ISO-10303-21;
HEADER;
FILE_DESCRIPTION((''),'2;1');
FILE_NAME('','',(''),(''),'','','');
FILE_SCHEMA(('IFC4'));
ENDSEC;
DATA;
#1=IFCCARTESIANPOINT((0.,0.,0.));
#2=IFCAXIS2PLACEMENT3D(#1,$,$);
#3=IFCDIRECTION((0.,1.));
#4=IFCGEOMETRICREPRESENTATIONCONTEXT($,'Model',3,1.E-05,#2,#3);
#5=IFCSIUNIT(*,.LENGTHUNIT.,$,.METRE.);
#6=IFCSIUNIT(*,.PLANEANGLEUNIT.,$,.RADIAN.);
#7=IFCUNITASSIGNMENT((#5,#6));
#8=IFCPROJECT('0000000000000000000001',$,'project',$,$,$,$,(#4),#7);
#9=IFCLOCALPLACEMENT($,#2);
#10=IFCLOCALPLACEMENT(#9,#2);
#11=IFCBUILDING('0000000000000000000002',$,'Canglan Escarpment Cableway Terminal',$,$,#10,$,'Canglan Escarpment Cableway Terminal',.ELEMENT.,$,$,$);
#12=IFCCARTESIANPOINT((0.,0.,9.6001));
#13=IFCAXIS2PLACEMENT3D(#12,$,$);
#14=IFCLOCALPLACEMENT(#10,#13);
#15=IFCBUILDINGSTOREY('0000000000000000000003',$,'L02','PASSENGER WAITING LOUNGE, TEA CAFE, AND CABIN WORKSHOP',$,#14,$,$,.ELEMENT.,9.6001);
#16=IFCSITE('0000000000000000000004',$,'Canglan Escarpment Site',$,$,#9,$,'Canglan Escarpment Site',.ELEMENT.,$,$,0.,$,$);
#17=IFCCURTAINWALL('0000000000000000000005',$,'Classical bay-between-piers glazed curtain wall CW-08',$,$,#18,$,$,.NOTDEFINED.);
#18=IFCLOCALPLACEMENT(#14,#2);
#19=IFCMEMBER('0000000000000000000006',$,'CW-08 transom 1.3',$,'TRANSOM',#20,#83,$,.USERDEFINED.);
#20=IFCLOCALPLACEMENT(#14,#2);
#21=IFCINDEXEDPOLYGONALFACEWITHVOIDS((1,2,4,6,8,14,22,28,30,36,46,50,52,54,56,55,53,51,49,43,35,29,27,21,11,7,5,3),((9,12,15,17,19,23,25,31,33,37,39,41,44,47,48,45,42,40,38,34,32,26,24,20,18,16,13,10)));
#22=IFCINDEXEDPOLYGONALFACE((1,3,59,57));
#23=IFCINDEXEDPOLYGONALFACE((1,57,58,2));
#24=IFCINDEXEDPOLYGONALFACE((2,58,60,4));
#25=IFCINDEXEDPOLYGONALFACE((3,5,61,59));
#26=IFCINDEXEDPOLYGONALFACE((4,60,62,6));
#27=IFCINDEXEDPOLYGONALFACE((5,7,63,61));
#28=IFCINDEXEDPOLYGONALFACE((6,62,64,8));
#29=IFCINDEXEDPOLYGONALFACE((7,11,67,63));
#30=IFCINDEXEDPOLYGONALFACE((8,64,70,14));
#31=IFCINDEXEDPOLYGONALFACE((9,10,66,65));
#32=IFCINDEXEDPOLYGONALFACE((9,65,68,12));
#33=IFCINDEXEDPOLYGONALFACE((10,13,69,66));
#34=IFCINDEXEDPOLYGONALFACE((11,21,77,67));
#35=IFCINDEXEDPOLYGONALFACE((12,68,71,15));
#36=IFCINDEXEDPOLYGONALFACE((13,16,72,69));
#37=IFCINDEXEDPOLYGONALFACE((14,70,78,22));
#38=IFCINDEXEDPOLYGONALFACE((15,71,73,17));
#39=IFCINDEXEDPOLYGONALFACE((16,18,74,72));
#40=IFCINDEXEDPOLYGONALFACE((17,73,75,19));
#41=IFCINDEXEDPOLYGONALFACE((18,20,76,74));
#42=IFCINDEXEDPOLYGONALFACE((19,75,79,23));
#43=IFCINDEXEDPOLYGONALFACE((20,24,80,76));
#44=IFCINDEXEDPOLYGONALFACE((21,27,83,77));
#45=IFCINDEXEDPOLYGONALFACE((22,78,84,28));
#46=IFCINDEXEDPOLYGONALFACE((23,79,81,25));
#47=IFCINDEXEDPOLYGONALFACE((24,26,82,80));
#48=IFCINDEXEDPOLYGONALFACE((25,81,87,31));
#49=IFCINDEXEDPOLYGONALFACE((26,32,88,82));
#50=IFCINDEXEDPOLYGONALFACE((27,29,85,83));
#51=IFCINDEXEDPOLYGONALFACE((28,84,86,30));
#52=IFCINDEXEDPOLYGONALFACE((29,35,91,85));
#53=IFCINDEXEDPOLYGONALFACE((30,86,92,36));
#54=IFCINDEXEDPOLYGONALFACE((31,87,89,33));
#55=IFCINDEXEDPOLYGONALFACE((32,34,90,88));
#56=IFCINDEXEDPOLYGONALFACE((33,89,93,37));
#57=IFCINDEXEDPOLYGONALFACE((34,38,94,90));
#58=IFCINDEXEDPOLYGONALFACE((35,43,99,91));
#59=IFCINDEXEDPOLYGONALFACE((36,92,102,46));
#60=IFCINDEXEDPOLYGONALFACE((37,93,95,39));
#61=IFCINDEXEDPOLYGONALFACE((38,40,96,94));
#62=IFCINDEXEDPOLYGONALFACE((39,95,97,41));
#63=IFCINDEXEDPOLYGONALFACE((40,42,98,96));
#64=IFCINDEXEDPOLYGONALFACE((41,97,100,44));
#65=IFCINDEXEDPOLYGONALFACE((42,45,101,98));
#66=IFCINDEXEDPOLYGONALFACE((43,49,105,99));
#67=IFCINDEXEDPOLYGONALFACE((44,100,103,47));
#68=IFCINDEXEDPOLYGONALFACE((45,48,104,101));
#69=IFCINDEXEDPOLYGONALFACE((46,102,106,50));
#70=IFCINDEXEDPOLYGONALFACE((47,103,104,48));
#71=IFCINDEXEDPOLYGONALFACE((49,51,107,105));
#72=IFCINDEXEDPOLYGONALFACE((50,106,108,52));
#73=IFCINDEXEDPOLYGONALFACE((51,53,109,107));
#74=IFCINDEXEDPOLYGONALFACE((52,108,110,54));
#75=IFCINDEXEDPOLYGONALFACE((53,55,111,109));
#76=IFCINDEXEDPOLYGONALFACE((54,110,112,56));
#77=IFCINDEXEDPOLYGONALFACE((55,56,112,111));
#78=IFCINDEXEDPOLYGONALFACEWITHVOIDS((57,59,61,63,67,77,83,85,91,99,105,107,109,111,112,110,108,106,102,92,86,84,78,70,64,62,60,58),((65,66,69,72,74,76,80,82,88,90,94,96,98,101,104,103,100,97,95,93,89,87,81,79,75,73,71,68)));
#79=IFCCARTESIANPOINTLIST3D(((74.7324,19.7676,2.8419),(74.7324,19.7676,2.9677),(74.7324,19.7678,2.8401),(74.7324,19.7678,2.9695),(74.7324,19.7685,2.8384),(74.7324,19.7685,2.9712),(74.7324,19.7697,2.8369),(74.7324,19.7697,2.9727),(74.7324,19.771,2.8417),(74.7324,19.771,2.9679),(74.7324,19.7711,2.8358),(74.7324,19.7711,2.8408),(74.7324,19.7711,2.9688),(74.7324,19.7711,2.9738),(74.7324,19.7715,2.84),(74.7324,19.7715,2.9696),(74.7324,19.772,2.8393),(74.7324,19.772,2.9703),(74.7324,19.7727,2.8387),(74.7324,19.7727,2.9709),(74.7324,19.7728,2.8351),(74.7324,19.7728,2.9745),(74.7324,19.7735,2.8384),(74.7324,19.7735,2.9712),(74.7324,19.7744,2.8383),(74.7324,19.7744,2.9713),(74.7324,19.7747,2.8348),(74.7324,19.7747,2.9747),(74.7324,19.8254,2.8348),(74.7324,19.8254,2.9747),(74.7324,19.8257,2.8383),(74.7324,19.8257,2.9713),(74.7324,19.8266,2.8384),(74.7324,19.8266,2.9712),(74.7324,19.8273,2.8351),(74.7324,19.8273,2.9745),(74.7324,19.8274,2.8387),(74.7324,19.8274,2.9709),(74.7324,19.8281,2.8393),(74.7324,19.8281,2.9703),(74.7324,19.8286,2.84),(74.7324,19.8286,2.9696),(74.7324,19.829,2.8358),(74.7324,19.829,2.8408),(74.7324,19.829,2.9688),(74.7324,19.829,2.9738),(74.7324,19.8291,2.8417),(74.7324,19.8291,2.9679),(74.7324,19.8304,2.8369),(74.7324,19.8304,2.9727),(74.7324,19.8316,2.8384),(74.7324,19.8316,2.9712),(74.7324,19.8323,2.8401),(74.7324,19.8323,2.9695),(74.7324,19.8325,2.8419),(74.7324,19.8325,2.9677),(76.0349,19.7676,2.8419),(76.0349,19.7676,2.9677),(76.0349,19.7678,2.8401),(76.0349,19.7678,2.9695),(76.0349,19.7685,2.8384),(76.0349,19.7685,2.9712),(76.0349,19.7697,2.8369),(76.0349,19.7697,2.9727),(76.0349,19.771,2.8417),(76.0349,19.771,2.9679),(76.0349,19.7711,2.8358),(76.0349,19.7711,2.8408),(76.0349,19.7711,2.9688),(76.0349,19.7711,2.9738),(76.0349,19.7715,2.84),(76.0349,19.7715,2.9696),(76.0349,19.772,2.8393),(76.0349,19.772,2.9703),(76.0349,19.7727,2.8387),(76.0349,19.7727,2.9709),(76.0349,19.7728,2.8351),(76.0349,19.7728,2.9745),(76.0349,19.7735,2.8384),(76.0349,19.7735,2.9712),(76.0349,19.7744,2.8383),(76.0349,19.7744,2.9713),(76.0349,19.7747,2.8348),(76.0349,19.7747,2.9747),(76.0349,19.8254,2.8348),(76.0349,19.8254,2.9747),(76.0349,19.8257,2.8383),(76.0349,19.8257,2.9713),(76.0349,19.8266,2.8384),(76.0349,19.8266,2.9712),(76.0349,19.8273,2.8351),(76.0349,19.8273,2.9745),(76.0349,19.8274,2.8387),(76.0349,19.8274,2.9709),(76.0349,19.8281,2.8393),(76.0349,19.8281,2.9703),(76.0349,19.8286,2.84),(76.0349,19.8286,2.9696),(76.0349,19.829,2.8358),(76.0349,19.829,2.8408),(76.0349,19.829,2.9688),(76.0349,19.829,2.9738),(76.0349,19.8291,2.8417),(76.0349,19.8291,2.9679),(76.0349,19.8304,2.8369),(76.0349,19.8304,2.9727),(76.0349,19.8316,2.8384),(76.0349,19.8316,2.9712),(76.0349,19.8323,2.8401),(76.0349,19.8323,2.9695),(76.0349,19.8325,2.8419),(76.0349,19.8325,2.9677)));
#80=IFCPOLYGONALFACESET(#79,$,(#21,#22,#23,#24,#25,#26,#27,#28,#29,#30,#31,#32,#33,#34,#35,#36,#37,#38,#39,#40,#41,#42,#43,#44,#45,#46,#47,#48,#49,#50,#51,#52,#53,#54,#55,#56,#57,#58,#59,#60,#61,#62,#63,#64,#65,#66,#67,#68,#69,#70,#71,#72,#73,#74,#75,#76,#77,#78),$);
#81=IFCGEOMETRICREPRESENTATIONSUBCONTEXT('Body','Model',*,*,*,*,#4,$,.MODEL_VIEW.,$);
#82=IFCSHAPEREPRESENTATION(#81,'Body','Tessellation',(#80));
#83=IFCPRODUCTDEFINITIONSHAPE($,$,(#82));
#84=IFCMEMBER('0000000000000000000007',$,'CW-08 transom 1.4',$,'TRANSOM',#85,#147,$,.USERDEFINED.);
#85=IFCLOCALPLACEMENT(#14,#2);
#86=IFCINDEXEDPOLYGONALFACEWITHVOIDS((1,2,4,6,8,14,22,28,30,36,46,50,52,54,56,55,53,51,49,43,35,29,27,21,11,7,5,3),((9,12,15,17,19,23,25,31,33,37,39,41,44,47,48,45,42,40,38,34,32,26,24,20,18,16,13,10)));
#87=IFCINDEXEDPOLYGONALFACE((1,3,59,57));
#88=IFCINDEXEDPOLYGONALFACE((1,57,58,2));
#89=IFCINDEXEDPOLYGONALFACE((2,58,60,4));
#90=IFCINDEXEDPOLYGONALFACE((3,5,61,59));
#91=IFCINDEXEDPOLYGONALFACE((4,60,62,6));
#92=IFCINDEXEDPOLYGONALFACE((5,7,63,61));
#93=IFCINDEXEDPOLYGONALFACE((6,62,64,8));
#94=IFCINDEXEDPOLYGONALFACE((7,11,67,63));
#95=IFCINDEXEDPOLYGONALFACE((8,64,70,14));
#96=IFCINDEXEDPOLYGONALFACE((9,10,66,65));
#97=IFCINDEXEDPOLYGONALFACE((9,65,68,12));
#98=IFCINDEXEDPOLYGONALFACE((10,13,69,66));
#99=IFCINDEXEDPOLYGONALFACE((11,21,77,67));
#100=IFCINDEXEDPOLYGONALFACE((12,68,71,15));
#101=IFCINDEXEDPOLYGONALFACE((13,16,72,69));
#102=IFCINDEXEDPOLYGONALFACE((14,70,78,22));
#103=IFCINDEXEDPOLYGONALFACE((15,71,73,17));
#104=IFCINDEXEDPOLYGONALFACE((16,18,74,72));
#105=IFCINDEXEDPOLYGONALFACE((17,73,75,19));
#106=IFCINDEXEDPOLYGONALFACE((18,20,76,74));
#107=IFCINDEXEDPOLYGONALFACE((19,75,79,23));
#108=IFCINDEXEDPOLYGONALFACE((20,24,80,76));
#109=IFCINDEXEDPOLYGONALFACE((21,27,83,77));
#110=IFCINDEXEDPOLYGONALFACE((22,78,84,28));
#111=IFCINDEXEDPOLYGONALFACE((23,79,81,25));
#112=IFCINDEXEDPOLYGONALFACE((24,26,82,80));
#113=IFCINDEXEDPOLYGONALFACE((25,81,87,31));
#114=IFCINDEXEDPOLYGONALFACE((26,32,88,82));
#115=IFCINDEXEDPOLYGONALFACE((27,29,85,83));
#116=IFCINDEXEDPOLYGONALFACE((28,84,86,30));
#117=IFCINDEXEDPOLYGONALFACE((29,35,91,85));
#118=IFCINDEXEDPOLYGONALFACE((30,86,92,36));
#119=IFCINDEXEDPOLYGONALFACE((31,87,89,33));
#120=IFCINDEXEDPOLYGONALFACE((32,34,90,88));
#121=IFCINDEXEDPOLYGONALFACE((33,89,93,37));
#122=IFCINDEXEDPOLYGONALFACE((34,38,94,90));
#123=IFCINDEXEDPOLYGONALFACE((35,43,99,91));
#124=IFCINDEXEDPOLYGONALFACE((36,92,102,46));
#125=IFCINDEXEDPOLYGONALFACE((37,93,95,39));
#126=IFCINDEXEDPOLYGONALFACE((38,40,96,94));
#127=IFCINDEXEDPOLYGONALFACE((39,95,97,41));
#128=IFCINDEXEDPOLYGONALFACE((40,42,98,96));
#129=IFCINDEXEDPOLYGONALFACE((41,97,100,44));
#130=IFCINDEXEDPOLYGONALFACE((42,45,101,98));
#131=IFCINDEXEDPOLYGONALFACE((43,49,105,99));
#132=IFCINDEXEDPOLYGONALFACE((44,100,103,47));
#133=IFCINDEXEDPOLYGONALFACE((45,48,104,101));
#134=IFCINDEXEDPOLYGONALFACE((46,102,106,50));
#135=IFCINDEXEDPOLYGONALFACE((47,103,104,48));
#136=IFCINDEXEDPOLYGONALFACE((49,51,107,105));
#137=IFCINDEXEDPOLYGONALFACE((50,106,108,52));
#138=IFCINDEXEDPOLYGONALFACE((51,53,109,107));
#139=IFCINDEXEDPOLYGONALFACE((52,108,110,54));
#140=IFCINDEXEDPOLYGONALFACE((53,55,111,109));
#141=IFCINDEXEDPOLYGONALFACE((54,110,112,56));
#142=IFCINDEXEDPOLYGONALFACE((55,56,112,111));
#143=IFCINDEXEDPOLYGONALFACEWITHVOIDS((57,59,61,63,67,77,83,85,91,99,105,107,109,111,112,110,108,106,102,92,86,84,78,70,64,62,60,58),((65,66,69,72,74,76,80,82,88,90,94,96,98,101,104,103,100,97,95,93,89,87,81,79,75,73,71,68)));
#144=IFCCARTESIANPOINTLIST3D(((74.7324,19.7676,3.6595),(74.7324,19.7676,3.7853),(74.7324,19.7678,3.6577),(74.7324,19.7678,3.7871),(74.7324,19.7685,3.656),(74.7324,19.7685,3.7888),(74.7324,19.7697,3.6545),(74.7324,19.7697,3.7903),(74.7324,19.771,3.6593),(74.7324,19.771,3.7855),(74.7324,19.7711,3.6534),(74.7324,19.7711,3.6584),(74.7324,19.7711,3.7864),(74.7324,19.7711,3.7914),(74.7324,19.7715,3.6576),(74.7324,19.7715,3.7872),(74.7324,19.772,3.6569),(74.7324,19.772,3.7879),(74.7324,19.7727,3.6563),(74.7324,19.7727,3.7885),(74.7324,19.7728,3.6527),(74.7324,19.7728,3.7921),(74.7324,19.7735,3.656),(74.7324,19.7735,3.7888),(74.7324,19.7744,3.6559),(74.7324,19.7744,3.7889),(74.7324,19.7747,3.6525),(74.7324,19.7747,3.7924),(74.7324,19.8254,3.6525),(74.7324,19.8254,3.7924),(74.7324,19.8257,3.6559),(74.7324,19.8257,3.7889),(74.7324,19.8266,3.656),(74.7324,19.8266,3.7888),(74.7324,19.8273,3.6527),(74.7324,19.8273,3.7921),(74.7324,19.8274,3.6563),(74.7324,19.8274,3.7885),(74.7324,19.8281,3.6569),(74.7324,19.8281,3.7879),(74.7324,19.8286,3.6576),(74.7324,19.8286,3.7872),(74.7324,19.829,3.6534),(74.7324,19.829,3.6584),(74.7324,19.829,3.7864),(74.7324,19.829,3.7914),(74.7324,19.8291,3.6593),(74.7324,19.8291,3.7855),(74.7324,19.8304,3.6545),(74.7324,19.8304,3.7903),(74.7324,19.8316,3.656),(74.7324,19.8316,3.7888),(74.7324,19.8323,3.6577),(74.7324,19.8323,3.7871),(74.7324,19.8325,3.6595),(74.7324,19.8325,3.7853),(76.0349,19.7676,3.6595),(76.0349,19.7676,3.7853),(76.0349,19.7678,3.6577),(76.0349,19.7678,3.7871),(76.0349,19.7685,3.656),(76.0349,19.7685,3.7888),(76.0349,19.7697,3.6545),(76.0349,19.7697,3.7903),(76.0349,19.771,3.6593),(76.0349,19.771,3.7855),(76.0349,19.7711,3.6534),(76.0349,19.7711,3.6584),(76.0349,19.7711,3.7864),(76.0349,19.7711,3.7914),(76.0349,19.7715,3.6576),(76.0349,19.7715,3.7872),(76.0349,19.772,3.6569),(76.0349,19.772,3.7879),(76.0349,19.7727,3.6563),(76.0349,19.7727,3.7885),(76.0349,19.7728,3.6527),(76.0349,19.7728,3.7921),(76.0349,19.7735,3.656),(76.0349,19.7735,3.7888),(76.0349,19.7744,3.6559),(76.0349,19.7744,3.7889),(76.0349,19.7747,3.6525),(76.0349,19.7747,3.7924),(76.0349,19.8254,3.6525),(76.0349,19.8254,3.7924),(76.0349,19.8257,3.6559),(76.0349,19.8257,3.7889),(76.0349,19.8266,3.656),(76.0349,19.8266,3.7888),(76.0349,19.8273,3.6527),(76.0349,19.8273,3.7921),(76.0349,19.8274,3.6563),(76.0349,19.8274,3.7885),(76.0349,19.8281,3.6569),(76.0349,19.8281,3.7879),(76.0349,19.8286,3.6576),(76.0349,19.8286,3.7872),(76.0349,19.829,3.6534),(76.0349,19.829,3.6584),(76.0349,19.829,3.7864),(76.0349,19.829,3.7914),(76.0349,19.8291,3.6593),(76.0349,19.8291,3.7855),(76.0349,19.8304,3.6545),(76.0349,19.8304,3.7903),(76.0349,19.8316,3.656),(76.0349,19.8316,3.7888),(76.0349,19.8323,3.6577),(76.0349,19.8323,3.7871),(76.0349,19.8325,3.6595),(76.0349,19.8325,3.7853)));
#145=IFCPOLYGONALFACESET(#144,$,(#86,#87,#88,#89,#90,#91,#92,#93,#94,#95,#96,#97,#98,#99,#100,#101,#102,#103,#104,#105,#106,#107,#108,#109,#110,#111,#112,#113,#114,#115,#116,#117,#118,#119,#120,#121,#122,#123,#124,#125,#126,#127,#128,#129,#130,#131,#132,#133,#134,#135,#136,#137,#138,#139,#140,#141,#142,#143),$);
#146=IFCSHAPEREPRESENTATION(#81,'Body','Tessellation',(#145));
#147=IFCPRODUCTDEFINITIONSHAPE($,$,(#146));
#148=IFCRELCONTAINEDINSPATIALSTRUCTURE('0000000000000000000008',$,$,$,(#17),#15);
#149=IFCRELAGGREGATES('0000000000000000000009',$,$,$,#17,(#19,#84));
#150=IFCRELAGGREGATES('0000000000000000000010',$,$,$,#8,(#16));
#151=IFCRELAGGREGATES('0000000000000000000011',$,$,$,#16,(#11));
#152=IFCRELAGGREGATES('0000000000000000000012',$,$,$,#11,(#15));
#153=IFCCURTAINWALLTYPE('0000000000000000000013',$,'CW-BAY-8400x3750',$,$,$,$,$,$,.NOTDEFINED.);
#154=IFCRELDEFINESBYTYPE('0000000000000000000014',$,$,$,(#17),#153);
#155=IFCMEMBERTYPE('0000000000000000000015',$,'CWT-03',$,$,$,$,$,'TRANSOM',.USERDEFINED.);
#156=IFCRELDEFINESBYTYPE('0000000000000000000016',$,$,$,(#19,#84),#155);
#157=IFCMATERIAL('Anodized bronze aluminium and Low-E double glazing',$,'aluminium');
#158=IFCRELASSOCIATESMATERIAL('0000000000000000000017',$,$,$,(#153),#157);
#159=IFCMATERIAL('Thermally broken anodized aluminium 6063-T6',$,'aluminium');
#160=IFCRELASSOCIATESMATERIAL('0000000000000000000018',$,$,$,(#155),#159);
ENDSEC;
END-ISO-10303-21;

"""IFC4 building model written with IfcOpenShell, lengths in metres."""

from ifc_helpers import new_model, si_unit, direction, frame, origin, origin_2d, place, context, subcontext, project, spatial, hollow_rectangle, extrude, material, material_profile, profile_set, type_object, element, aggregate, save


model = new_model("IFC4")

# Units and contexts
model_context = context("Model", 3, precision=1e-05, world=origin(), true_north=direction((0.0, 1.0)))
body_context = subcontext(model_context, "Body", "Model", "MODEL_VIEW")
ifc_project = project(units=[si_unit("LENGTHUNIT", "METRE"), si_unit("PLANEANGLEUNIT", "RADIAN")], contexts=[model_context])

# Site, building, storey
site_placement = place(None, origin())
site = spatial("IfcSite", under=ifc_project, at=site_placement, Name="Canglan Escarpment Site", LongName="Canglan Escarpment Site", CompositionType="ELEMENT", RefElevation=0.0)
building_placement = place(site_placement, origin())
building = spatial("IfcBuilding", under=site, at=building_placement, Name="Canglan Escarpment Cableway Terminal", LongName="Canglan Escarpment Cableway Terminal", CompositionType="ELEMENT")
storey_placement = place(building_placement, frame((0.0, 0.0, 9.6001)))
storey = spatial("IfcBuildingStorey", under=building, at=storey_placement, Name="L02", Description="PASSENGER WAITING LOUNGE, TEA CAFE, AND CABIN WORKSHOP", CompositionType="ELEMENT", Elevation=9.6001)

# Curtain wall, members
ifc_material_1 = material(Name="Anodized bronze aluminium and Low-E double glazing", Category="aluminium")
curtain_wall_type = type_object("IfcCurtainWallType", Name="CW-BAY-8400x3750", PredefinedType="NOTDEFINED", material=ifc_material_1)
curtain_wall_placement = place(storey_placement, origin())
curtain_wall = element("IfcCurtainWall", 1, at=curtain_wall_placement, inside=storey, type_object=curtain_wall_type, Name="Classical bay-between-piers glazed curtain wall CW-08", PredefinedType="NOTDEFINED")
ifc_material_2 = material(Name="Thermally broken anodized aluminium 6063-T6", Category="aluminium")
ifc_material_profile_1 = material_profile(ifc_material_2, hollow_rectangle(XDim=0.0649, YDim=0.1399, WallThickness=0.0034, InnerFilletRadius=0.0034, OuterFilletRadius=0.0071, at=origin_2d()), Name="ALU-TRAN 65x140x3.5")
ifc_profile_set_1 = profile_set([ifc_material_profile_1], Name="Thermally broken anodized aluminium 6063-T6")
member_type_1 = type_object("IfcMemberType", Name="CWT-03", ElementType="TRANSOM", PredefinedType="USERDEFINED", material=ifc_profile_set_1)
member_1_placement = place(storey_placement, frame((76.0349, 19.8, 2.9048), z_axis=(-1.0, 0.0, 0.0), x_axis=(0.0, -1.0, 0.0)))
member_1 = element("IfcMember", 2, at=member_1_placement, type_object=member_type_1, Name="CW-08 transom 1.3", ObjectType="TRANSOM", PredefinedType="USERDEFINED", context=body_context, shape_type="SweptSolid", body=[
    extrude(hollow_rectangle(XDim=0.0649, YDim=0.1399, WallThickness=0.0034, InnerFilletRadius=0.0034, OuterFilletRadius=0.0071, at=origin_2d()), origin(), (0.0, 0.0, 1.0), 1.3025),
])
member_2_placement = place(storey_placement, frame((76.0349, 19.8, 3.7224), z_axis=(-1.0, 0.0, 0.0), x_axis=(0.0, -1.0, 0.0)))
member_2 = element("IfcMember", 3, at=member_2_placement, type_object=member_type_1, Name="CW-08 transom 1.4", ObjectType="TRANSOM", PredefinedType="USERDEFINED", context=body_context, shape_type="SweptSolid", body=[
    extrude(hollow_rectangle(XDim=0.0649, YDim=0.1399, WallThickness=0.0034, InnerFilletRadius=0.0034, OuterFilletRadius=0.0071, at=origin_2d()), origin(), (0.0, 0.0, 1.0), 1.3025),
])

aggregate(curtain_wall, [member_1, member_2])

save(model, "model.ifc")
